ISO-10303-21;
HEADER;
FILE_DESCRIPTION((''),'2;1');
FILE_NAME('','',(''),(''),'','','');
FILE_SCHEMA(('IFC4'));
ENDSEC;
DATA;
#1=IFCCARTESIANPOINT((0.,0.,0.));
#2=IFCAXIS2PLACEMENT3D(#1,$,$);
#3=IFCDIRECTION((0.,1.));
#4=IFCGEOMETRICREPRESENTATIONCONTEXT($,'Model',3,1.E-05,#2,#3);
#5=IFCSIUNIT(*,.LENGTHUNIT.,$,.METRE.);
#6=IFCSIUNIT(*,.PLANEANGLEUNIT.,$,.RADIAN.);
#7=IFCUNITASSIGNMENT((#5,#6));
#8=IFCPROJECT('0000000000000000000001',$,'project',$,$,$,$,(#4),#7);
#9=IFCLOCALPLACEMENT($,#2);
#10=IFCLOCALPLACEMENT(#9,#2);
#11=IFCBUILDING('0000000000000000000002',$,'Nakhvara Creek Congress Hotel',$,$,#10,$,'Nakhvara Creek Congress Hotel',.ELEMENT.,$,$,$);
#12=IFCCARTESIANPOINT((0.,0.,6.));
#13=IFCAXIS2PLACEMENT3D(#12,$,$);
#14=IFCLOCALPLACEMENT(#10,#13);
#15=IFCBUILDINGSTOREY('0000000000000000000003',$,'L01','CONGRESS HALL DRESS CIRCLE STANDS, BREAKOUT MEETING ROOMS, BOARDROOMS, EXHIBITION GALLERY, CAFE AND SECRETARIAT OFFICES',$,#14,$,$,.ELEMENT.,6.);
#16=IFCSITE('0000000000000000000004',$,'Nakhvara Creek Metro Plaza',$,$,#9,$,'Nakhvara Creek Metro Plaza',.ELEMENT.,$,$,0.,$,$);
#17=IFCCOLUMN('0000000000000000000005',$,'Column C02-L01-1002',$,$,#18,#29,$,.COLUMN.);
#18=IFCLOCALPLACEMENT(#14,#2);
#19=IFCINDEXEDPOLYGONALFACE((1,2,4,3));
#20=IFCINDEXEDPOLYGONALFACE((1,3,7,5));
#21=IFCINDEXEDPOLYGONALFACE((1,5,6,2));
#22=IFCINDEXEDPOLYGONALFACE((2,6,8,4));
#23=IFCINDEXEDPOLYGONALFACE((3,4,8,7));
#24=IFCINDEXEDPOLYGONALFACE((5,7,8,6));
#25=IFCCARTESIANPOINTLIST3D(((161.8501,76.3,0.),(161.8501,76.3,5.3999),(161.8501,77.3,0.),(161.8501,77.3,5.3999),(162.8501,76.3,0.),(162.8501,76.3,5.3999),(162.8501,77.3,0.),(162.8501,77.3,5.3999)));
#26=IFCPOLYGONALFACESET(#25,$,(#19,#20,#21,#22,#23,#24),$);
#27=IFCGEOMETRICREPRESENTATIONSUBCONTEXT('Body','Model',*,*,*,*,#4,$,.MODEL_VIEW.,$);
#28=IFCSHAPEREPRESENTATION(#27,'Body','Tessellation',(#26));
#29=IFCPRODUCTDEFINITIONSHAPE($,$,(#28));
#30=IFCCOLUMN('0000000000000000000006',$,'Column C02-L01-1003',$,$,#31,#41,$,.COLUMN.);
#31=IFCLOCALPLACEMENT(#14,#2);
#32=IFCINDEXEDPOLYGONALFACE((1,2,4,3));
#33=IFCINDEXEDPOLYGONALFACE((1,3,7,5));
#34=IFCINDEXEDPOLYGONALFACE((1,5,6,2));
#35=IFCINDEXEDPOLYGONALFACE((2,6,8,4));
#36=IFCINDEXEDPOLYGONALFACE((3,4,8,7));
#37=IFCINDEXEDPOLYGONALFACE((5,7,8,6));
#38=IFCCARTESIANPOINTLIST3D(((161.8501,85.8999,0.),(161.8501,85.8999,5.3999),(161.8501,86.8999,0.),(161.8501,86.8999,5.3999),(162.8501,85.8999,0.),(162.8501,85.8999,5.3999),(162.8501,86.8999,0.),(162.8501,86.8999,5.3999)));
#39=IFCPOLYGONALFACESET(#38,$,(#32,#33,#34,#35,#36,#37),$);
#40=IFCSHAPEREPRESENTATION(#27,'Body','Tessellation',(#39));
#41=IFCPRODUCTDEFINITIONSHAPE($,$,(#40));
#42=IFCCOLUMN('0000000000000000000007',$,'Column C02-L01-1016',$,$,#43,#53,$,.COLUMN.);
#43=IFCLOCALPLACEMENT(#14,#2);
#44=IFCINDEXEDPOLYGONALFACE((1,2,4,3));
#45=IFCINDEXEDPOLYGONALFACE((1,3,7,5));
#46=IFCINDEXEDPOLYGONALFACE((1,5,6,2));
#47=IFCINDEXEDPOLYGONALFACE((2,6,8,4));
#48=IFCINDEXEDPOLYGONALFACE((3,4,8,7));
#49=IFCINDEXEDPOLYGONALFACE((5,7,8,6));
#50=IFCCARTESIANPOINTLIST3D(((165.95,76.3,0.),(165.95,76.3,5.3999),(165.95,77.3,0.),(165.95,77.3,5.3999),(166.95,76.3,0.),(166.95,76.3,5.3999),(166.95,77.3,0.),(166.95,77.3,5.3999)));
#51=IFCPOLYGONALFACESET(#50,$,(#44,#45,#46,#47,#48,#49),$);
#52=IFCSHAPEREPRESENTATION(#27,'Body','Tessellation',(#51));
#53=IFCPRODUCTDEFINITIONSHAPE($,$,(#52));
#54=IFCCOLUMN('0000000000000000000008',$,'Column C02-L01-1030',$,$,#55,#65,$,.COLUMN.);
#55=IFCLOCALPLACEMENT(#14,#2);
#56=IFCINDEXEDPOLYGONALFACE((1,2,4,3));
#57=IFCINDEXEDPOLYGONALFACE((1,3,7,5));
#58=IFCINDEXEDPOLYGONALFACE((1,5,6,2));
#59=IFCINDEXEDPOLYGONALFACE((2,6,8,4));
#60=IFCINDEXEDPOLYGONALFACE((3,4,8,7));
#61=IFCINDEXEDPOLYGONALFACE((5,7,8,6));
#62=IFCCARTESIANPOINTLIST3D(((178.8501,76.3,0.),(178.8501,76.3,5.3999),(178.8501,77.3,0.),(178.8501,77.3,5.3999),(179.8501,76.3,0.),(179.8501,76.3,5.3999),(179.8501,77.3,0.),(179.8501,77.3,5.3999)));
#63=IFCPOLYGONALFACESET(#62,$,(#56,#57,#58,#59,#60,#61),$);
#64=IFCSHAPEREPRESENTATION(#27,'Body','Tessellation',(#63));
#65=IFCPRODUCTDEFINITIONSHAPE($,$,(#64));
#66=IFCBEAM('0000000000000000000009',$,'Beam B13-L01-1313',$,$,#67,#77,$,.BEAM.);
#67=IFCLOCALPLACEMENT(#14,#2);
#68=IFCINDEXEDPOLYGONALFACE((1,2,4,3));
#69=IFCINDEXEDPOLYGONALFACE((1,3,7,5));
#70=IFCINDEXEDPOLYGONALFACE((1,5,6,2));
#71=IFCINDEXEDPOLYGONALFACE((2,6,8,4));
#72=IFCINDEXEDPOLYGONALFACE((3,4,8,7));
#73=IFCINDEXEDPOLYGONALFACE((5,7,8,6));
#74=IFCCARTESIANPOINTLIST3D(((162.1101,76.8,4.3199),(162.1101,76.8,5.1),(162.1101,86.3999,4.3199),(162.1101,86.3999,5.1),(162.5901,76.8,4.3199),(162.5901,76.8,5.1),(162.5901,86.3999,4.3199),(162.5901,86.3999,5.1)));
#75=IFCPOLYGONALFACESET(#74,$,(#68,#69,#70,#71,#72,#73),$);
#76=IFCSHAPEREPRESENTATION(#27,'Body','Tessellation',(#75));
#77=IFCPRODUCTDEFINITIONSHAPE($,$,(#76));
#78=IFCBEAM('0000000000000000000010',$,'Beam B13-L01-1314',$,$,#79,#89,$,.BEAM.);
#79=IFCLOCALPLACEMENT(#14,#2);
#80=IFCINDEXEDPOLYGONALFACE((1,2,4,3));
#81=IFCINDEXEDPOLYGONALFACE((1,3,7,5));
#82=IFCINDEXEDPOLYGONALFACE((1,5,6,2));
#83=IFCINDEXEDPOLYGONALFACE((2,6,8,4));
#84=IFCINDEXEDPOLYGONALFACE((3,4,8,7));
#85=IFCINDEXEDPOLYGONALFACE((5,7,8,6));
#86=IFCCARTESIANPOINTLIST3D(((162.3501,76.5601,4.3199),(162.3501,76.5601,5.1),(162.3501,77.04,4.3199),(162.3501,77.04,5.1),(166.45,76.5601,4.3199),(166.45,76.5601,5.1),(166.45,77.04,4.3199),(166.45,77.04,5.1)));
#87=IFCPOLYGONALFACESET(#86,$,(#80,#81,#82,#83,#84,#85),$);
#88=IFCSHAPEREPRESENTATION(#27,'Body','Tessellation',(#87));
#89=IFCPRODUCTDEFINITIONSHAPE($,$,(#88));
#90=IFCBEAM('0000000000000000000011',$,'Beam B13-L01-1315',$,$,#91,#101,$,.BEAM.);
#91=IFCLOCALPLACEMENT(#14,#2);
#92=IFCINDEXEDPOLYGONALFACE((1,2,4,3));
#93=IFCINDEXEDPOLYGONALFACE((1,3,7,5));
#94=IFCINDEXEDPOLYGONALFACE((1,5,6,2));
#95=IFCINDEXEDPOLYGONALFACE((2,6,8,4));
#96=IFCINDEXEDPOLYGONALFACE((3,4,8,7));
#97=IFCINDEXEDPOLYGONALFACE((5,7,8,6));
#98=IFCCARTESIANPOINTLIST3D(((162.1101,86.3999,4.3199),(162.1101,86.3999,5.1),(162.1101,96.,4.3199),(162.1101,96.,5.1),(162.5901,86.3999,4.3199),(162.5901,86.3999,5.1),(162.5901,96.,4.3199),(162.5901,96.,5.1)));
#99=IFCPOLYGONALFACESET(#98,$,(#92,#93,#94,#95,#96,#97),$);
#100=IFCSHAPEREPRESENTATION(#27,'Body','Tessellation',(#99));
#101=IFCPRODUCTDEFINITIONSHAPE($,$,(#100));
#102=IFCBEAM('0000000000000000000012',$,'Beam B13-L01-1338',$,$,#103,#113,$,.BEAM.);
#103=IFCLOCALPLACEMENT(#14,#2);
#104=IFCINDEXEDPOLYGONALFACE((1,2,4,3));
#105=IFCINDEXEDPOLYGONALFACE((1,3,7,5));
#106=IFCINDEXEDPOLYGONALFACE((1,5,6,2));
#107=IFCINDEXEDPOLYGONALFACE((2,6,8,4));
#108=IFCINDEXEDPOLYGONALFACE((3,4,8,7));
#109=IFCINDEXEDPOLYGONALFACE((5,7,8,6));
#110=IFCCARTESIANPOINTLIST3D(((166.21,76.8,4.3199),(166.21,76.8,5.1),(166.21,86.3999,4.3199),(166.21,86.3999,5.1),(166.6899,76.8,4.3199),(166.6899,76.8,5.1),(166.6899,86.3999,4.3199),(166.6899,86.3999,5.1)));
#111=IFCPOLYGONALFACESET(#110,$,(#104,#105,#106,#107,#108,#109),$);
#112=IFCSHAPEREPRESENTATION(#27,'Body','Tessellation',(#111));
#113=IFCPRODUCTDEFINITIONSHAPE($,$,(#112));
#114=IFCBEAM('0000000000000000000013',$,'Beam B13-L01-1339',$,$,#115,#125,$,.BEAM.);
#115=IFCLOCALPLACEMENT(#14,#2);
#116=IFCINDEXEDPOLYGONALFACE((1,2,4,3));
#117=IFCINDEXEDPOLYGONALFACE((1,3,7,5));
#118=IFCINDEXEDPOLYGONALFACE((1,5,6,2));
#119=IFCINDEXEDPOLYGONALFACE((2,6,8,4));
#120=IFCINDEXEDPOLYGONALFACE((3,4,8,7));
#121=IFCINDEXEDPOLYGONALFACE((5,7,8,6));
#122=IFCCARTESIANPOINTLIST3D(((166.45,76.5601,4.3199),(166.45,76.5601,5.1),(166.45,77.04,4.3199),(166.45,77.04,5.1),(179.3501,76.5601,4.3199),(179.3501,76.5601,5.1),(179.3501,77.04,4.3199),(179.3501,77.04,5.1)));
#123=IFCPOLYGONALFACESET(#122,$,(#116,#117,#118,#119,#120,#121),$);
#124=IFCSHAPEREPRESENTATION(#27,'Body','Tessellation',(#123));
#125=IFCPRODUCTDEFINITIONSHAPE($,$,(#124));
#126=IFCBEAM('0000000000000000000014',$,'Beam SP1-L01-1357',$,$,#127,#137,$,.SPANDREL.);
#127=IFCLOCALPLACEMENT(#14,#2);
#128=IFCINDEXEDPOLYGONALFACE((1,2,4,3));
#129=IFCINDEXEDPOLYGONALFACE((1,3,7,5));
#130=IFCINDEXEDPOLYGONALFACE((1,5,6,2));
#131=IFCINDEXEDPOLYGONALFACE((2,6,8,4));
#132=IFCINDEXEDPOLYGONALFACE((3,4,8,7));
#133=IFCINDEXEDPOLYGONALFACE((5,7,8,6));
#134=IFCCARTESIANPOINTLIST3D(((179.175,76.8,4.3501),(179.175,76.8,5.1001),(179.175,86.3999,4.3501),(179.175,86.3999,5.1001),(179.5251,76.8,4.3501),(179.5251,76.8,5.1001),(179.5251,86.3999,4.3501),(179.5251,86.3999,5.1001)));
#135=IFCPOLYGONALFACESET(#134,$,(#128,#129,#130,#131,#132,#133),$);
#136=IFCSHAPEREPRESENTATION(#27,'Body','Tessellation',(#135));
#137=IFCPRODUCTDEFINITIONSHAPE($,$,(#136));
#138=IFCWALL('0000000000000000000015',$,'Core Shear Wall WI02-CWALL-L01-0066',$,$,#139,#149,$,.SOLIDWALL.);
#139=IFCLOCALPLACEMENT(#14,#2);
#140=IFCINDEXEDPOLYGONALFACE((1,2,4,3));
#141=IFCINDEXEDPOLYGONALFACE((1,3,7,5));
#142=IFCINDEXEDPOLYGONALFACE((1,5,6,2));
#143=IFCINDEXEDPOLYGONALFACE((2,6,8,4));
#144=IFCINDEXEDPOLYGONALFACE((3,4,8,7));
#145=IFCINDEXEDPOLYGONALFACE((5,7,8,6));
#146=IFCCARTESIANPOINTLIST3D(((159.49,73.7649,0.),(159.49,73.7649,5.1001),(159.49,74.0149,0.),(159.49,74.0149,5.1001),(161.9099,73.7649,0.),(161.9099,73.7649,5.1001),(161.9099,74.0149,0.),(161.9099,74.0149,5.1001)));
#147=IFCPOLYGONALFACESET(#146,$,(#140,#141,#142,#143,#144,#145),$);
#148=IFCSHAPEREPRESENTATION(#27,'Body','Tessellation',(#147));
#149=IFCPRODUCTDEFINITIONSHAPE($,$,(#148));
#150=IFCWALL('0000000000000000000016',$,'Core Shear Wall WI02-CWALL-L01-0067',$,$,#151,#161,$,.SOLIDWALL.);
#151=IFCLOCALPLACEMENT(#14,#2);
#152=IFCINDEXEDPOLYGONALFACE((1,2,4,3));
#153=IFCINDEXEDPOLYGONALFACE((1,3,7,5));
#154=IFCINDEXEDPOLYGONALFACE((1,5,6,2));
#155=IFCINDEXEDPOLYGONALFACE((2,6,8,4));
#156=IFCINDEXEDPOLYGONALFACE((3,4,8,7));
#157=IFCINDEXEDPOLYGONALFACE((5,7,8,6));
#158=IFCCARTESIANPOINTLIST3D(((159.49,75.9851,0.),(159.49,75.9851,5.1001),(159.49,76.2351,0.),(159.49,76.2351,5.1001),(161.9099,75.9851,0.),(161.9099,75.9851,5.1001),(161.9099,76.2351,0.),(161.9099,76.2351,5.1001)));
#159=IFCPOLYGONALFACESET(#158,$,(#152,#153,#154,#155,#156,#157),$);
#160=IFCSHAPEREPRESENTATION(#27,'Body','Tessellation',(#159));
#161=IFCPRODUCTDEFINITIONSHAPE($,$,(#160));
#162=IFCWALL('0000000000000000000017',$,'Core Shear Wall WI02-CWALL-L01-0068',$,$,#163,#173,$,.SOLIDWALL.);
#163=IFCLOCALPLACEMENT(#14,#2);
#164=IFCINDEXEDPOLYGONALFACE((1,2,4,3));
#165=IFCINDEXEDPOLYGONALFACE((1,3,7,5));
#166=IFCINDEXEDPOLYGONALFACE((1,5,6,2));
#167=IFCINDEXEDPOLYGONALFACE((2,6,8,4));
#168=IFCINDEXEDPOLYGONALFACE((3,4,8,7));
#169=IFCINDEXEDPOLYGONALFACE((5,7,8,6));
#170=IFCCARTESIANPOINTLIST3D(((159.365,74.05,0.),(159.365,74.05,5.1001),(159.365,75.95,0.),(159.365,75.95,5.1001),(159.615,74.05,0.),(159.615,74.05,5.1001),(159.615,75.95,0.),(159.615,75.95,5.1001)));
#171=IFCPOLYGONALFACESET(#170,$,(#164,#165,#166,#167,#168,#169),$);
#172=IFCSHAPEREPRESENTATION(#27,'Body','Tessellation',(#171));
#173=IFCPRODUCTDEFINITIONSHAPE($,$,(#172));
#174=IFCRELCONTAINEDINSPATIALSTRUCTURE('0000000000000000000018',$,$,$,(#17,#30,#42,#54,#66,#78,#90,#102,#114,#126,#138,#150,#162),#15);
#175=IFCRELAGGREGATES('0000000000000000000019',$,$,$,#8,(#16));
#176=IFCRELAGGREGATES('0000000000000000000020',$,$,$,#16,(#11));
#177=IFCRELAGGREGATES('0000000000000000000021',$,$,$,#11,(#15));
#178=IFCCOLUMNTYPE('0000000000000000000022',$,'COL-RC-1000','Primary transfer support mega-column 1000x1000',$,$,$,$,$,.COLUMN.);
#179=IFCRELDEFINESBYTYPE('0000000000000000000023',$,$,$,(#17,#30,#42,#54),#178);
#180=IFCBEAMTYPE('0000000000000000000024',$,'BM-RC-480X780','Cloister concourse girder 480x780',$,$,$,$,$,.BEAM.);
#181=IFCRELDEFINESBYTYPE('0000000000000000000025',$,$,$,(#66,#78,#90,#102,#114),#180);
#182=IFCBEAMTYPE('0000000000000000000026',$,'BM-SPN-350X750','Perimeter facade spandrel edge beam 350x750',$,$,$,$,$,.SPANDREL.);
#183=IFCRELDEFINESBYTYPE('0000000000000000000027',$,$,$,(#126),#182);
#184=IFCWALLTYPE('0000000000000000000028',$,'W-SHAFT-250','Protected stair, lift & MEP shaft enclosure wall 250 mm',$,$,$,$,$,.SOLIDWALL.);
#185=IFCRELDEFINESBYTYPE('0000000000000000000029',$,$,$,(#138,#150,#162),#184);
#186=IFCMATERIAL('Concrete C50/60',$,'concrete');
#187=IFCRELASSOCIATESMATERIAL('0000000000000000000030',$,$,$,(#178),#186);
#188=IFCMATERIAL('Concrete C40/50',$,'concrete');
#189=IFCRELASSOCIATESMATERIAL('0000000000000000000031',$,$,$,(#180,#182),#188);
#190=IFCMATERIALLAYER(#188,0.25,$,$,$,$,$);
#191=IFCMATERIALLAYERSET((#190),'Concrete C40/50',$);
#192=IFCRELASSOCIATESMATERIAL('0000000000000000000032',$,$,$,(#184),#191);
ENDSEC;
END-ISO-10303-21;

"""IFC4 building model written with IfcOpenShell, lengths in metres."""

from ifc_helpers import new_model, si_unit, direction, frame, frame_2d, origin, origin_2d, place, context, subcontext, project, spatial, rectangle, extrude, material, layer, layer_set, material_profile, profile_set, type_object, element, save


model = new_model("IFC4")

# Units and contexts
model_context = context("Model", 3, precision=1e-05, world=origin(), true_north=direction((0.0, 1.0)))
body_context = subcontext(model_context, "Body", "Model", "MODEL_VIEW")
ifc_project = project(units=[si_unit("LENGTHUNIT", "METRE"), si_unit("PLANEANGLEUNIT", "RADIAN")], contexts=[model_context])

# Site, building, storey
site_placement = place(None, origin())
site = spatial("IfcSite", under=ifc_project, at=site_placement, Name="Nakhvara Creek Metro Plaza", LongName="Nakhvara Creek Metro Plaza", CompositionType="ELEMENT", RefElevation=0.0)
building_placement = place(site_placement, origin())
building = spatial("IfcBuilding", under=site, at=building_placement, Name="Nakhvara Creek Congress Hotel", LongName="Nakhvara Creek Congress Hotel", CompositionType="ELEMENT")
storey_placement = place(building_placement, frame((0.0, 0.0, 6.0)))
storey = spatial("IfcBuildingStorey", under=building, at=storey_placement, Name="L01", Description="CONGRESS HALL DRESS CIRCLE STANDS, BREAKOUT MEETING ROOMS, BOARDROOMS, EXHIBITION GALLERY, CAFE AND SECRETARIAT OFFICES", CompositionType="ELEMENT", Elevation=6.0)

# Columns
ifc_material_1 = material(Name="Concrete C50/60", Category="concrete")
ifc_material_profile_1 = material_profile(ifc_material_1, rectangle(XDim=1.0, YDim=1.0, at=origin_2d()), Name="RC-COL 1000x1000", Category="LoadBearing")
ifc_profile_set_1 = profile_set([ifc_material_profile_1], Name="Concrete C50/60")
column_type = type_object("IfcColumnType", Name="COL-RC-1000", Description="Primary transfer support mega-column 1000x1000", PredefinedType="COLUMN", material=ifc_profile_set_1)
for number, where, z_axis, x_axis, name in (
    (1, (162.3501, 76.8, 0.0), (0.0, 0.0, 1.0), (1.0, 0.0, 0.0), "Column C02-L01-1002"),
    (2, (162.3501, 86.3999, 0.0), (0.0, 0.0, 1.0), (1.0, 0.0, 0.0), "Column C02-L01-1003"),
    (3, (166.45, 76.8, 0.0), (0.0, 0.0, 1.0), (1.0, 0.0, 0.0), "Column C02-L01-1016"),
    (4, (179.3501, 76.8, 0.0), (0.0, 0.0, 1.0), (1.0, 0.0, 0.0), "Column C02-L01-1030"),
):
    element("IfcColumn", number, at=place(storey_placement, frame(where, z_axis=z_axis, x_axis=x_axis)), inside=storey, type_object=column_type, Name=name, PredefinedType="COLUMN", context=body_context, shape_type="SweptSolid", body=[
        extrude(rectangle(XDim=1.0, YDim=1.0, at=origin_2d()), origin(), (0.0, 0.0, 1.0), 5.3999),
    ])

# Beams
ifc_material_2 = material(Name="Concrete C40/50", Category="concrete")
ifc_material_profile_2 = material_profile(ifc_material_2, rectangle(XDim=0.48, YDim=0.78, at=origin_2d()), Name="RC-BM 480x780", Category="LoadBearing")
ifc_profile_set_2 = profile_set([ifc_material_profile_2], Name="Concrete C40/50")
beam_type_1 = type_object("IfcBeamType", Name="BM-RC-480X780", Description="Cloister concourse girder 480x780", PredefinedType="BEAM", material=ifc_profile_set_2)
beam_1_placement = place(storey_placement, frame((162.3501, 76.8, 4.71), z_axis=(0.0, 1.0, 0.0), x_axis=(-1.0, 0.0, 0.0)))
element("IfcBeam", 5, at=beam_1_placement, inside=storey, type_object=beam_type_1, Name="Beam B13-L01-1313", PredefinedType="BEAM", context=body_context, shape_type="SweptSolid", body=[
    extrude(rectangle(XDim=0.48, YDim=0.78, at=origin_2d()), origin(), (0.0, 0.0, 1.0), 9.5999),
])
beam_2_placement = place(storey_placement, frame((162.3501, 76.8, 4.71), z_axis=(1.0, 0.0, 0.0), x_axis=(0.0, 1.0, 0.0)))
element("IfcBeam", 6, at=beam_2_placement, inside=storey, type_object=beam_type_1, Name="Beam B13-L01-1314", PredefinedType="BEAM", context=body_context, shape_type="SweptSolid", body=[
    extrude(rectangle(XDim=0.48, YDim=0.78, at=origin_2d()), origin(), (0.0, 0.0, 1.0), 4.0999),
])
beam_3_placement = place(storey_placement, frame((162.3501, 86.3999, 4.71), z_axis=(0.0, 1.0, 0.0), x_axis=(-1.0, 0.0, 0.0)))
element("IfcBeam", 7, at=beam_3_placement, inside=storey, type_object=beam_type_1, Name="Beam B13-L01-1315", PredefinedType="BEAM", context=body_context, shape_type="SweptSolid", body=[
    extrude(rectangle(XDim=0.48, YDim=0.78, at=origin_2d()), origin(), (0.0, 0.0, 1.0), 9.6001),
])
beam_4_placement = place(storey_placement, frame((166.45, 76.8, 4.71), z_axis=(0.0, 1.0, 0.0), x_axis=(-1.0, 0.0, 0.0)))
element("IfcBeam", 8, at=beam_4_placement, inside=storey, type_object=beam_type_1, Name="Beam B13-L01-1338", PredefinedType="BEAM", context=body_context, shape_type="SweptSolid", body=[
    extrude(rectangle(XDim=0.48, YDim=0.78, at=origin_2d()), origin(), (0.0, 0.0, 1.0), 9.5999),
])
beam_5_placement = place(storey_placement, frame((166.45, 76.8, 4.71), z_axis=(1.0, 0.0, 0.0), x_axis=(0.0, 1.0, 0.0)))
element("IfcBeam", 9, at=beam_5_placement, inside=storey, type_object=beam_type_1, Name="Beam B13-L01-1339", PredefinedType="BEAM", context=body_context, shape_type="SweptSolid", body=[
    extrude(rectangle(XDim=0.48, YDim=0.78, at=origin_2d()), origin(), (0.0, 0.0, 1.0), 12.9001),
])
ifc_material_profile_3 = material_profile(ifc_material_2, rectangle(XDim=0.3501, YDim=0.75, at=origin_2d()), Name="RC-SPANDREL 350x750", Category="LoadBearing")
ifc_profile_set_3 = profile_set([ifc_material_profile_3], Name="Concrete C40/50")
beam_type_2 = type_object("IfcBeamType", Name="BM-SPN-350X750", Description="Perimeter facade spandrel edge beam 350x750", PredefinedType="SPANDREL", material=ifc_profile_set_3)
beam_6_placement = place(storey_placement, frame((179.3501, 76.8, 4.7251), z_axis=(0.0, 1.0, 0.0), x_axis=(-1.0, 0.0, 0.0)))
element("IfcBeam", 10, at=beam_6_placement, inside=storey, type_object=beam_type_2, Name="Beam SP1-L01-1357", PredefinedType="SPANDREL", context=body_context, shape_type="SweptSolid", body=[
    extrude(rectangle(XDim=0.3501, YDim=0.75, at=origin_2d()), origin(), (0.0, 0.0, 1.0), 9.5999),
])

# Walls
ifc_layer_1 = layer(ifc_material_2, 0.25)
ifc_layer_set_1 = layer_set([ifc_layer_1], Name="Concrete C40/50")
wall_type_1 = type_object("IfcWallType", Name="W-SHAFT-250", Description="Protected stair, lift & MEP shaft enclosure wall 250 mm", PredefinedType="SOLIDWALL", material=ifc_layer_set_1)
for number, where, z_axis, x_axis, name in (
    (11, (159.49, 73.8899, 0.0), (0.0, 0.0, 1.0), (1.0, 0.0, 0.0), "Core Shear Wall WI02-CWALL-L01-0066"),
    (12, (159.49, 76.1101, 0.0), (0.0, 0.0, 1.0), (1.0, 0.0, 0.0), "Core Shear Wall WI02-CWALL-L01-0067"),
):
    element("IfcWall", number, at=place(storey_placement, frame(where, z_axis=z_axis, x_axis=x_axis)), inside=storey, type_object=wall_type_1, Name=name, PredefinedType="SOLIDWALL", context=body_context, shape_type="SweptSolid", body=[
        extrude(rectangle(XDim=2.4199, YDim=0.25, at=frame_2d((1.21, 0.0))), origin(), (0.0, 0.0, 1.0), 5.1001),
    ])
wall_1_placement = place(storey_placement, frame((159.49, 74.05, 0.0), z_axis=(0.0, 0.0, 1.0), x_axis=(0.0, 1.0, 0.0)))
element("IfcWall", 13, at=wall_1_placement, inside=storey, type_object=wall_type_1, Name="Core Shear Wall WI02-CWALL-L01-0068", PredefinedType="SOLIDWALL", context=body_context, shape_type="SweptSolid", body=[
    extrude(rectangle(XDim=1.8999, YDim=0.25, at=frame_2d((0.95, 0.0))), origin(), (0.0, 0.0, 1.0), 5.1001),
])

save(model, "model.ifc")
